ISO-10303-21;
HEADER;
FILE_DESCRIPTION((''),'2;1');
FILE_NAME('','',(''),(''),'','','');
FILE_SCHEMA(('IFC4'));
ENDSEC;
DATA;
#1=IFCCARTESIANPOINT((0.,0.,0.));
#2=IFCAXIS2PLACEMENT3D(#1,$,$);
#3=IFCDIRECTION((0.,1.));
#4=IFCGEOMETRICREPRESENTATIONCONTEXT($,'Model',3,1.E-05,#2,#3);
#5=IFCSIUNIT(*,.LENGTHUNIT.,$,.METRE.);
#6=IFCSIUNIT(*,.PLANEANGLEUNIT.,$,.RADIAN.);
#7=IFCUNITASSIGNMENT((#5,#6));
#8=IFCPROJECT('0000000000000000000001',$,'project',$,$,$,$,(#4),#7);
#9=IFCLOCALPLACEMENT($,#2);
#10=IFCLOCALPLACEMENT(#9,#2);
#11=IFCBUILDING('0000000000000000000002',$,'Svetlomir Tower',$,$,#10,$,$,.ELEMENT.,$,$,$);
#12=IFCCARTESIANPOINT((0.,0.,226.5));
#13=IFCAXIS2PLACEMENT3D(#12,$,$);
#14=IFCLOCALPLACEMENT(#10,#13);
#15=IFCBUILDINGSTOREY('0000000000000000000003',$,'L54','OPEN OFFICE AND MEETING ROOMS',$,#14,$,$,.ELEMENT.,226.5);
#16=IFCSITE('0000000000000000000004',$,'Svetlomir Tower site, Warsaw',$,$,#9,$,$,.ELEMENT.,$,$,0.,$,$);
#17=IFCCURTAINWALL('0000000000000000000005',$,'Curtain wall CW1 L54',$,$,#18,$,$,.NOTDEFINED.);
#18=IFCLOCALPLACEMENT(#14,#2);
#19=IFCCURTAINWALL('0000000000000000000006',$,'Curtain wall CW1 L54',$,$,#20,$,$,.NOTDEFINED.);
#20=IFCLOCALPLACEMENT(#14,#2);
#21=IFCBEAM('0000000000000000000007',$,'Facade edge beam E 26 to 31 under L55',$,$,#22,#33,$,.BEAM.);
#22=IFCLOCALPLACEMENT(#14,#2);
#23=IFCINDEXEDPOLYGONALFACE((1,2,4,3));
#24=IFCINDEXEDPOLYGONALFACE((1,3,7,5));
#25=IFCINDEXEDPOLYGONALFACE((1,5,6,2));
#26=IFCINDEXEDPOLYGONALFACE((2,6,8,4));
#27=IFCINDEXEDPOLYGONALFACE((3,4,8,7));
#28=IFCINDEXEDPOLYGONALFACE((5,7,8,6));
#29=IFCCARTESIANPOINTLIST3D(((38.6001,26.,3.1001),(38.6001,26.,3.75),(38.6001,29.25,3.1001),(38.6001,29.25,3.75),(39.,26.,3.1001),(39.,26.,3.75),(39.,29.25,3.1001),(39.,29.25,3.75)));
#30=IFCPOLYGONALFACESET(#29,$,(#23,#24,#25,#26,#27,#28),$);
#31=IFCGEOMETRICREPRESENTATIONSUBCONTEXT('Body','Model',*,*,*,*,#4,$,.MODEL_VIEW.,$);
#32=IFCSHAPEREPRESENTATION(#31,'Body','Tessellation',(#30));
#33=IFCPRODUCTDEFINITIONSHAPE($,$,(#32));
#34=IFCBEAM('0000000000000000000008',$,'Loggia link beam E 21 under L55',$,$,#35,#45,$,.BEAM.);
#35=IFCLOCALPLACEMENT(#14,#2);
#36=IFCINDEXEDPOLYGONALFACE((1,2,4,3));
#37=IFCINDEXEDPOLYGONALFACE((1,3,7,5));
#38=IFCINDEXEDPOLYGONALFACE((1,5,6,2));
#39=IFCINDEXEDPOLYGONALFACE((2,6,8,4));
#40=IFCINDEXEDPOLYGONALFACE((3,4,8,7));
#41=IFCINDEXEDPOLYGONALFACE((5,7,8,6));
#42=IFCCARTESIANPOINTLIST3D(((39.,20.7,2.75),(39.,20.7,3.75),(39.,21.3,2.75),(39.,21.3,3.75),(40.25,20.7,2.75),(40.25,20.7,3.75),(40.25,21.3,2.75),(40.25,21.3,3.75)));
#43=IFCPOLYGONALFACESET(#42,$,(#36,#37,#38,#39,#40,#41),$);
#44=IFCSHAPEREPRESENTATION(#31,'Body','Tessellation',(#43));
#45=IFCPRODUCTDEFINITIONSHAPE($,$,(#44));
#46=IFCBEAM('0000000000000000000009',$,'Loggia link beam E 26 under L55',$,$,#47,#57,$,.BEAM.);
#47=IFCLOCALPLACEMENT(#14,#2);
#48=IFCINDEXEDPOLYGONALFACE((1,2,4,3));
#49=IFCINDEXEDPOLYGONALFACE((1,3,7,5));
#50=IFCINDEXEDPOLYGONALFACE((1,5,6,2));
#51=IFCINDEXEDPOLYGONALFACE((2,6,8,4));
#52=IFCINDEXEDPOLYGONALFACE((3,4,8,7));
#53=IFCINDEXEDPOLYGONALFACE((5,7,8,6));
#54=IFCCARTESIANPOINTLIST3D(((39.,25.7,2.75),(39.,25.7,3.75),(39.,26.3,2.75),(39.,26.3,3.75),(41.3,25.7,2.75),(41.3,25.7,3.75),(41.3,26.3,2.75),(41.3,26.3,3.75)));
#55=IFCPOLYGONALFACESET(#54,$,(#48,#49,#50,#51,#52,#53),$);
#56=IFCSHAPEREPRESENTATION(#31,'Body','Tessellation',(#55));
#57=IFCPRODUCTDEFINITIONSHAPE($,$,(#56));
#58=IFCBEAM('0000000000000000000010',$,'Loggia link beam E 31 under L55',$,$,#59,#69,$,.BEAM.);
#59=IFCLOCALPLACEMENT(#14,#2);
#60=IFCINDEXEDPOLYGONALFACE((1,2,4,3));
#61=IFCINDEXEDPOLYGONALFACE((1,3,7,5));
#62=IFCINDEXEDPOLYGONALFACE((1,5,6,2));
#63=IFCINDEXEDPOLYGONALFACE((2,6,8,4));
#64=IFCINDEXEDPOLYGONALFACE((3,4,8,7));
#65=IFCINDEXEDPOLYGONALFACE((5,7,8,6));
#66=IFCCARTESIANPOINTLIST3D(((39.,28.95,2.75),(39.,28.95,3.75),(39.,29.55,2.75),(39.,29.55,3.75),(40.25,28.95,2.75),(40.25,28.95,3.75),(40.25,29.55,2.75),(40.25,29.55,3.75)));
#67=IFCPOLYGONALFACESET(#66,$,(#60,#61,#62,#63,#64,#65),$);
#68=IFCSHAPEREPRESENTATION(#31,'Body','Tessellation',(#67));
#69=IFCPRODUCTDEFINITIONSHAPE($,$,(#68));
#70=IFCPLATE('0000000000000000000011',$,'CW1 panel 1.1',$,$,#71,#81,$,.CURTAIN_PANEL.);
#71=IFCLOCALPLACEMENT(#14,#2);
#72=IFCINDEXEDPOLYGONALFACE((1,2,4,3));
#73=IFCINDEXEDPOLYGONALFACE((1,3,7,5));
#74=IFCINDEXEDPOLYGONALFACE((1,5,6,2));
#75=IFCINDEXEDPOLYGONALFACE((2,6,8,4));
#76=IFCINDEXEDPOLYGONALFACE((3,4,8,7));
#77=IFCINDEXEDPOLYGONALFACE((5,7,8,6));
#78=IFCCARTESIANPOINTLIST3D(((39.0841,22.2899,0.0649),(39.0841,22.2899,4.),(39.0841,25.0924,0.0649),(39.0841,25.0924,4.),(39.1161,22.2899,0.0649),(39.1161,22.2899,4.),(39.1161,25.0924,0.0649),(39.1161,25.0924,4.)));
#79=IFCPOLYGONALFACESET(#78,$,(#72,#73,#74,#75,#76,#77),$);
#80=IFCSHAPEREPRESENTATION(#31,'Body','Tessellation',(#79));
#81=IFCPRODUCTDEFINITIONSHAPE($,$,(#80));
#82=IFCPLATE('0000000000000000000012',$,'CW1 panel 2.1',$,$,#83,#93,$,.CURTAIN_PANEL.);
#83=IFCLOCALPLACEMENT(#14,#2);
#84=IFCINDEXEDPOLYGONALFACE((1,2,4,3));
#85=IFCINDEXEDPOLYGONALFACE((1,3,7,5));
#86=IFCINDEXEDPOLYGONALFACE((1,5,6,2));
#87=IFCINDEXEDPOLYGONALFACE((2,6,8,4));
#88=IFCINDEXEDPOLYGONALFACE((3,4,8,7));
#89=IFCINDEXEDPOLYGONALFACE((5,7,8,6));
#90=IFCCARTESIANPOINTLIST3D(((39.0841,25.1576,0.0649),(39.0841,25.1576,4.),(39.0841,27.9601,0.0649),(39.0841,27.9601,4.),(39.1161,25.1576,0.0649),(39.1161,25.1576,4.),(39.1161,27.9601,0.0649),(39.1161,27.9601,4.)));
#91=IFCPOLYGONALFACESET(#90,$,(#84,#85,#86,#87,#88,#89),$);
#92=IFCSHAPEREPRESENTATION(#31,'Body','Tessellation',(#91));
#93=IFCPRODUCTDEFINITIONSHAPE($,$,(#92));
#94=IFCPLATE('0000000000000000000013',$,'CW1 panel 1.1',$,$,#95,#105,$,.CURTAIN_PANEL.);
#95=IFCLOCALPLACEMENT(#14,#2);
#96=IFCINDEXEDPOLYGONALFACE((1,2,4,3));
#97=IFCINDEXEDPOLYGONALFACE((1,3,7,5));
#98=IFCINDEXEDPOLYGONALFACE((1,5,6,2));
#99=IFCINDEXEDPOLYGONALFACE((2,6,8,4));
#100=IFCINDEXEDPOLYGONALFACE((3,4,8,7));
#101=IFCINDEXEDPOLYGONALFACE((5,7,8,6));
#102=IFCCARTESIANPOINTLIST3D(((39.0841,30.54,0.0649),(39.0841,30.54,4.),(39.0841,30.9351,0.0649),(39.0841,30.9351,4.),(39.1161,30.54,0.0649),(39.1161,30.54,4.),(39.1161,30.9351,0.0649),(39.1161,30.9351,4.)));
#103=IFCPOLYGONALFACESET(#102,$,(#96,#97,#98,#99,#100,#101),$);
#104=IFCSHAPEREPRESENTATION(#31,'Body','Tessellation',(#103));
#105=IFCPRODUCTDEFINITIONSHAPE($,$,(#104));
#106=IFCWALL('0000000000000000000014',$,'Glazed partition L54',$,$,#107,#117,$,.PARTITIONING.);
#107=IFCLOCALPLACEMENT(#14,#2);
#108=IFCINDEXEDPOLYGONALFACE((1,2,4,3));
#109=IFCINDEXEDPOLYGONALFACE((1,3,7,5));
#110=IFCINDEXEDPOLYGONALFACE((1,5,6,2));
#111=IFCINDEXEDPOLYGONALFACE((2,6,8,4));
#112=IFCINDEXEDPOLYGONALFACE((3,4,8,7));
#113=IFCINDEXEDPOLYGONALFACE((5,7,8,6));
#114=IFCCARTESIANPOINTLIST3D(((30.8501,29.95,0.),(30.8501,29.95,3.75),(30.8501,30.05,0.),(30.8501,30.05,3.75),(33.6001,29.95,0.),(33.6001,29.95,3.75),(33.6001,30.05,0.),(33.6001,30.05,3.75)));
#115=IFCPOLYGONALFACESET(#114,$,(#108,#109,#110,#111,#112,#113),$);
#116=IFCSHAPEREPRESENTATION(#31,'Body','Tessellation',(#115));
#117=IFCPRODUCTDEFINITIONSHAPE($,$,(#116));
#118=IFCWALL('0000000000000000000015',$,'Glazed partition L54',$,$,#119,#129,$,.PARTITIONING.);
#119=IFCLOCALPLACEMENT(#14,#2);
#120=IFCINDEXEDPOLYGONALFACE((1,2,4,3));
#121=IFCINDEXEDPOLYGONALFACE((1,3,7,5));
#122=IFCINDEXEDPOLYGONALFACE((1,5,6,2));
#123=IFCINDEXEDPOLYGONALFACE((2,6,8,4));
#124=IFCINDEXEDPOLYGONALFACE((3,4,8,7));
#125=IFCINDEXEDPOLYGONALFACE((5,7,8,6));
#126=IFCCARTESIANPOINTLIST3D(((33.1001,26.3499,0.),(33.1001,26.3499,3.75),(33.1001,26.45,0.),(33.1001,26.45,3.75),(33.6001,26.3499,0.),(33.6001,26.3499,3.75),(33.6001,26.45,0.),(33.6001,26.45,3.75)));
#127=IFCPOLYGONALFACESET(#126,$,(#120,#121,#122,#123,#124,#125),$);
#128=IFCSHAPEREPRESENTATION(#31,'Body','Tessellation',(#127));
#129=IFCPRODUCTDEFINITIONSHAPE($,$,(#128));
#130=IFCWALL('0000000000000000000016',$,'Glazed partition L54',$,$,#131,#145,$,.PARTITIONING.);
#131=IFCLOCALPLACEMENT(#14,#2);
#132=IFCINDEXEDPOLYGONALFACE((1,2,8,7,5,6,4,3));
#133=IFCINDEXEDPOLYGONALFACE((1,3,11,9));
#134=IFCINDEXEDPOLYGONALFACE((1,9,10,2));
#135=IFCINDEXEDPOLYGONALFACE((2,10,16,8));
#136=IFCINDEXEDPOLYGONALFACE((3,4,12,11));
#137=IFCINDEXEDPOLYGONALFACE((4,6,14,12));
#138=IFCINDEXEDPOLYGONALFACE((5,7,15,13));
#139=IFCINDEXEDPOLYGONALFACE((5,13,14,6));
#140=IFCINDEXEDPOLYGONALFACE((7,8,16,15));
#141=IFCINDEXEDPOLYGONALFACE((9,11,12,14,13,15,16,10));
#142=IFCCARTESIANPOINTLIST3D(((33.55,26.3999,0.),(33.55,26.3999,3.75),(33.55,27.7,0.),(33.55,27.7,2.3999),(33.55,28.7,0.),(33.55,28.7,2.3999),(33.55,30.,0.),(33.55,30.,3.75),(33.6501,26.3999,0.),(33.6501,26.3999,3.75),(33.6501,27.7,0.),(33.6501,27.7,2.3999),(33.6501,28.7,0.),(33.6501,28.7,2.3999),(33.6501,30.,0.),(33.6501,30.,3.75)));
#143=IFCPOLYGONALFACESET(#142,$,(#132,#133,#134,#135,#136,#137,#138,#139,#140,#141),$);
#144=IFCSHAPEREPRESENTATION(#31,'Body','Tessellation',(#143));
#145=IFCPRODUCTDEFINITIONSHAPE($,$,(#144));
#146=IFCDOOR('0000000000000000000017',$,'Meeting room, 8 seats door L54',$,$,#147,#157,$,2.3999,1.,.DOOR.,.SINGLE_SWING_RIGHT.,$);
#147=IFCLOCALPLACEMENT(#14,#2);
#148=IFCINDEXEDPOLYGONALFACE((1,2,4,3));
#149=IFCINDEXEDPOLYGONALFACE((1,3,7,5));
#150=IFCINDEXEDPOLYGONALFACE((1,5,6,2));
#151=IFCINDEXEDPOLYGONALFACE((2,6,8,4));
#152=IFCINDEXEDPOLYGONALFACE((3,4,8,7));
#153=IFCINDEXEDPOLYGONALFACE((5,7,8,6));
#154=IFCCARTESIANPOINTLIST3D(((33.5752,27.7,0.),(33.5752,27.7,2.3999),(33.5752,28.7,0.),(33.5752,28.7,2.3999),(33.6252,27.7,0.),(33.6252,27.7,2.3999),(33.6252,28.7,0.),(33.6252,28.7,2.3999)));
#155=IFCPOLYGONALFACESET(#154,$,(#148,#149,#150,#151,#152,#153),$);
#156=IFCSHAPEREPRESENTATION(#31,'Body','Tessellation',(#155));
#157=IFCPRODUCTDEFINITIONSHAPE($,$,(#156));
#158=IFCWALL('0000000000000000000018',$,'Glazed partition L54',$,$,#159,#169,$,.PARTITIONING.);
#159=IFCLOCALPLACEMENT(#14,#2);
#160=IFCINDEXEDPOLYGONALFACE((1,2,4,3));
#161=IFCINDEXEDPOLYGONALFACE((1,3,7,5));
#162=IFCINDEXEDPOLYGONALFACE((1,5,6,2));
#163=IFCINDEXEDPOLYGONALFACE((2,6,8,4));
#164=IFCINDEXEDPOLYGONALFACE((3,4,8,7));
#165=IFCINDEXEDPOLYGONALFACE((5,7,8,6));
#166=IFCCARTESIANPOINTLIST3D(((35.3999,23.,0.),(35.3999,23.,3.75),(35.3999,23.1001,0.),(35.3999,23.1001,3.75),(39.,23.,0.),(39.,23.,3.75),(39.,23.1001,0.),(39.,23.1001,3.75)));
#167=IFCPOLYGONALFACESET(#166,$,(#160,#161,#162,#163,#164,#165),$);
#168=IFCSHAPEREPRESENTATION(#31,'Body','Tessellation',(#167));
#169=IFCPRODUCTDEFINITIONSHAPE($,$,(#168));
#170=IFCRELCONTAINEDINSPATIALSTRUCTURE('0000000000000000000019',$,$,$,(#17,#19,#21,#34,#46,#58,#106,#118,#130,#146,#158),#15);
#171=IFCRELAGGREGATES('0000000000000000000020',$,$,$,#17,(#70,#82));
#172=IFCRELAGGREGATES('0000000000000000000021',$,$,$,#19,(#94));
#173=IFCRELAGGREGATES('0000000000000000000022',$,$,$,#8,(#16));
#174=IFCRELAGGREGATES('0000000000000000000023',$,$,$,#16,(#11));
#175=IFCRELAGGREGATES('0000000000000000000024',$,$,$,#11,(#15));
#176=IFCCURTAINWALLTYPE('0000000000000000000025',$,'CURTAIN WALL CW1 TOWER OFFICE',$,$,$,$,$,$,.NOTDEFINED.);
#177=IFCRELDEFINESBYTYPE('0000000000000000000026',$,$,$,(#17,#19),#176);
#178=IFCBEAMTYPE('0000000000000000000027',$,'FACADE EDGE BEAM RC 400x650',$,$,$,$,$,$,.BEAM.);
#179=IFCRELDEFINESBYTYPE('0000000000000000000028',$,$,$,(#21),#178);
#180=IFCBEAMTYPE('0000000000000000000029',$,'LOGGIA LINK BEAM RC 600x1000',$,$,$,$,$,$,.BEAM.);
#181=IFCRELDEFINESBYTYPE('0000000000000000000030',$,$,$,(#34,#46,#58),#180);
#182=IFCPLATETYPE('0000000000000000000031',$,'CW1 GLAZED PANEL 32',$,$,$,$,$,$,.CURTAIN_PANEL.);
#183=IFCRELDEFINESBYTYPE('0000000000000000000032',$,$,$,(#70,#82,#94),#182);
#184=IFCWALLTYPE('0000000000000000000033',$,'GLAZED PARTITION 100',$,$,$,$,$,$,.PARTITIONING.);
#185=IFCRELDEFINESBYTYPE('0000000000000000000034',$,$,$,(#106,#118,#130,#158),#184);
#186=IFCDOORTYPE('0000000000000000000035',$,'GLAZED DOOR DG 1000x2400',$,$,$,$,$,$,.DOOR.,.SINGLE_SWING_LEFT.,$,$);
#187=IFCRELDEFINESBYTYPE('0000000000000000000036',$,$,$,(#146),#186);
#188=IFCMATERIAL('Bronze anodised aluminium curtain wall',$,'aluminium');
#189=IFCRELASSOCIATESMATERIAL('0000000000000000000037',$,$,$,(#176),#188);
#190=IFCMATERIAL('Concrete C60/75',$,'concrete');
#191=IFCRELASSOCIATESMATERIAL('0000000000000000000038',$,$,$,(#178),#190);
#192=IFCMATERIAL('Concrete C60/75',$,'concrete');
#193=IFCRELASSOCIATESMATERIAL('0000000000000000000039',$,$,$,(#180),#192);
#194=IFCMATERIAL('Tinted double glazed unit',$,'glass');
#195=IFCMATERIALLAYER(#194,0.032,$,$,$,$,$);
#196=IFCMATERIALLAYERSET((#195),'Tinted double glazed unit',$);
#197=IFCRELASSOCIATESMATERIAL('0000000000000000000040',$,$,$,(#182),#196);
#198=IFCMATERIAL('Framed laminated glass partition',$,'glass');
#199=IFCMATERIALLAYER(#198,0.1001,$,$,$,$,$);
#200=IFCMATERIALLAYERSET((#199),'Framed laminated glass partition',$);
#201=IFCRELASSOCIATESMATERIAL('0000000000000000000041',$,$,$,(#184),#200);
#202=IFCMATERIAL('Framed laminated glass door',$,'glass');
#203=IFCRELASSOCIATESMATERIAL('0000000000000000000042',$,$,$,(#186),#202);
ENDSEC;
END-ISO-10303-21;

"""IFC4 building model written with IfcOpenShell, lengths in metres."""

from ifc_helpers import new_model, si_unit, direction, frame, frame_2d, origin, origin_2d, place, context, subcontext, project, spatial, rectangle, extrude, material, layer, layer_set, material_profile, profile_set, type_object, element, fill, aggregate, save


model = new_model("IFC4")

# Units and contexts
model_context = context("Model", 3, precision=1e-05, world=origin(), true_north=direction((0.0, 1.0)))
body_context = subcontext(model_context, "Body", "Model", "MODEL_VIEW")
ifc_project = project(units=[si_unit("LENGTHUNIT", "METRE"), si_unit("PLANEANGLEUNIT", "RADIAN")], contexts=[model_context])

# Site, building, storey
site_placement = place(None, origin())
site = spatial("IfcSite", under=ifc_project, at=site_placement, Name="Svetlomir Tower site, Warsaw", CompositionType="ELEMENT", RefElevation=0.0)
building_placement = place(site_placement, origin())
building = spatial("IfcBuilding", under=site, at=building_placement, Name="Svetlomir Tower", CompositionType="ELEMENT")
storey_placement = place(building_placement, frame((0.0, 0.0, 226.5)))
storey = spatial("IfcBuildingStorey", under=building, at=storey_placement, Name="L54", Description="OPEN OFFICE AND MEETING ROOMS", CompositionType="ELEMENT", Elevation=226.5)

# Curtain wall
ifc_material_1 = material(Name="Bronze anodised aluminium curtain wall", Category="aluminium")
curtain_wall_type = type_object("IfcCurtainWallType", Name="CURTAIN WALL CW1 TOWER OFFICE", PredefinedType="NOTDEFINED", material=ifc_material_1)
curtain_wall_1_placement = place(storey_placement, origin())
curtain_wall_1 = element("IfcCurtainWall", 1, at=curtain_wall_1_placement, inside=storey, type_object=curtain_wall_type, Name="Curtain wall CW1 L54", PredefinedType="NOTDEFINED")

# Curtain wall
curtain_wall_2_placement = place(storey_placement, origin())
curtain_wall_2 = element("IfcCurtainWall", 2, at=curtain_wall_2_placement, inside=storey, type_object=curtain_wall_type, Name="Curtain wall CW1 L54", PredefinedType="NOTDEFINED")

# Beams
ifc_material_2 = material(Name="Concrete C60/75", Category="concrete")
ifc_material_profile_1 = material_profile(ifc_material_2, rectangle(XDim=0.3999, YDim=0.6499, at=origin_2d()), Name="RC 400x650")
ifc_profile_set_1 = profile_set([ifc_material_profile_1], Name="Concrete C60/75")
beam_type_1 = type_object("IfcBeamType", Name="FACADE EDGE BEAM RC 400x650", PredefinedType="BEAM", material=ifc_profile_set_1)
beam_1_placement = place(storey_placement, frame((38.8, 26.0, 3.425), z_axis=(0.0, 1.0, 0.0), x_axis=(-1.0, 0.0, 0.0)))
element("IfcBeam", 3, at=beam_1_placement, inside=storey, type_object=beam_type_1, Name="Facade edge beam E 26 to 31 under L55", PredefinedType="BEAM", context=body_context, shape_type="SweptSolid", body=[
    extrude(rectangle(XDim=0.3999, YDim=0.6499, at=origin_2d()), origin(), (0.0, 0.0, 1.0), 3.25),
])
ifc_material_3 = material(Name="Concrete C60/75", Category="concrete")
ifc_material_profile_2 = material_profile(ifc_material_3, rectangle(XDim=0.6001, YDim=1.0, at=origin_2d()), Name="RC 600x1000")
ifc_profile_set_2 = profile_set([ifc_material_profile_2], Name="Concrete C60/75")
beam_type_2 = type_object("IfcBeamType", Name="LOGGIA LINK BEAM RC 600x1000", PredefinedType="BEAM", material=ifc_profile_set_2)
beam_2_placement = place(storey_placement, frame((40.25, 21.0, 3.25), z_axis=(-1.0, 0.0, 0.0), x_axis=(0.0, -1.0, 0.0)))
element("IfcBeam", 4, at=beam_2_placement, inside=storey, type_object=beam_type_2, Name="Loggia link beam E 21 under L55", PredefinedType="BEAM", context=body_context, shape_type="SweptSolid", body=[
    extrude(rectangle(XDim=0.6001, YDim=1.0, at=origin_2d()), origin(), (0.0, 0.0, 1.0), 1.25),
])
beam_3_placement = place(storey_placement, frame((41.3, 26.0, 3.25), z_axis=(-1.0, 0.0, 0.0), x_axis=(0.0, -1.0, 0.0)))
element("IfcBeam", 5, at=beam_3_placement, inside=storey, type_object=beam_type_2, Name="Loggia link beam E 26 under L55", PredefinedType="BEAM", context=body_context, shape_type="SweptSolid", body=[
    extrude(rectangle(XDim=0.6001, YDim=1.0, at=origin_2d()), origin(), (0.0, 0.0, 1.0), 2.3),
])
beam_4_placement = place(storey_placement, frame((40.25, 29.25, 3.25), z_axis=(-1.0, 0.0, 0.0), x_axis=(0.0, -1.0, 0.0)))
element("IfcBeam", 6, at=beam_4_placement, inside=storey, type_object=beam_type_2, Name="Loggia link beam E 31 under L55", PredefinedType="BEAM", context=body_context, shape_type="SweptSolid", body=[
    extrude(rectangle(XDim=0.6001, YDim=1.0, at=origin_2d()), origin(), (0.0, 0.0, 1.0), 1.25),
])

# Plates
ifc_material_4 = material(Name="Tinted double glazed unit", Category="glass")
ifc_layer_1 = layer(ifc_material_4, 0.032)
ifc_layer_set_1 = layer_set([ifc_layer_1], Name="Tinted double glazed unit")
plate_type = type_object("IfcPlateType", Name="CW1 GLAZED PANEL 32", PredefinedType="CURTAIN_PANEL", material=ifc_layer_set_1)
plate_1_placement = place(storey_placement, frame((39.1001, 23.6912, 0.0649), z_axis=(0.0, 0.0, 1.0), x_axis=(0.0, 1.0, 0.0)))
plate_1 = element("IfcPlate", 7, at=plate_1_placement, type_object=plate_type, Name="CW1 panel 1.1", PredefinedType="CURTAIN_PANEL", context=body_context, shape_type="SweptSolid", body=[
    extrude(rectangle(XDim=2.8025, YDim=0.032, at=origin_2d()), origin(), (0.0, 0.0, 1.0), 3.9351),
])
plate_2_placement = place(storey_placement, frame((39.1001, 26.5588, 0.0649), z_axis=(0.0, 0.0, 1.0), x_axis=(0.0, 1.0, 0.0)))
plate_2 = element("IfcPlate", 8, at=plate_2_placement, type_object=plate_type, Name="CW1 panel 2.1", PredefinedType="CURTAIN_PANEL", context=body_context, shape_type="SweptSolid", body=[
    extrude(rectangle(XDim=2.8025, YDim=0.032, at=origin_2d()), origin(), (0.0, 0.0, 1.0), 3.9351),
])
aggregate(curtain_wall_1, [plate_1, plate_2])
plate_3_placement = place(storey_placement, frame((39.1001, 30.7375, 0.0649), z_axis=(0.0, 0.0, 1.0), x_axis=(0.0, 1.0, 0.0)))
plate_3 = element("IfcPlate", 9, at=plate_3_placement, type_object=plate_type, Name="CW1 panel 1.1", PredefinedType="CURTAIN_PANEL", context=body_context, shape_type="SweptSolid", body=[
    extrude(rectangle(XDim=0.395, YDim=0.032, at=origin_2d()), origin(), (0.0, 0.0, 1.0), 3.9351),
])
aggregate(curtain_wall_2, [plate_3])

# Walls
ifc_material_5 = material(Name="Framed laminated glass partition", Category="glass")
ifc_layer_2 = layer(ifc_material_5, 0.1001)
ifc_layer_set_2 = layer_set([ifc_layer_2], Name="Framed laminated glass partition")
wall_type_1 = type_object("IfcWallType", Name="GLAZED PARTITION 100", PredefinedType="PARTITIONING", material=ifc_layer_set_2)
wall_1_placement = place(storey_placement, frame((30.8501, 30.0, 0.0), z_axis=(0.0, 0.0, 1.0), x_axis=(1.0, 0.0, 0.0)))
element("IfcWall", 10, at=wall_1_placement, inside=storey, type_object=wall_type_1, Name="Glazed partition L54", PredefinedType="PARTITIONING", context=body_context, shape_type="SweptSolid", body=[
    extrude(rectangle(XDim=2.75, YDim=0.1001, at=frame_2d((1.375, 0.0))), origin(), (0.0, 0.0, 1.0), 3.75),
])
wall_2_placement = place(storey_placement, frame((33.1001, 26.3999, 0.0), z_axis=(0.0, 0.0, 1.0), x_axis=(1.0, 0.0, 0.0)))
element("IfcWall", 11, at=wall_2_placement, inside=storey, type_object=wall_type_1, Name="Glazed partition L54", PredefinedType="PARTITIONING", context=body_context, shape_type="SweptSolid", body=[
    extrude(rectangle(XDim=0.5, YDim=0.1001, at=frame_2d((0.25, 0.0))), origin(), (0.0, 0.0, 1.0), 3.75),
])

# Wall, opening, door
wall_3_placement = place(storey_placement, frame((33.6001, 26.3999, 0.0), z_axis=(0.0, 0.0, 1.0), x_axis=(0.0, 1.0, 0.0)))
wall_3 = element("IfcWall", 12, at=wall_3_placement, inside=storey, type_object=wall_type_1, Name="Glazed partition L54", PredefinedType="PARTITIONING", context=body_context, shape_type="SweptSolid", body=[
    extrude(rectangle(XDim=3.6001, YDim=0.1001, at=frame_2d((1.8, 0.0))), origin(), (0.0, 0.0, 1.0), 3.75),
])
opening_1_placement = place(wall_3_placement, frame((1.3, 0.0, 0.0)))
opening_1 = element("IfcOpeningElement", 13, at=opening_1_placement, cuts=wall_3, PredefinedType="OPENING", context=body_context, shape_type="SweptSolid", body=[
    extrude(rectangle(XDim=1.0, YDim=2.3999, at=frame_2d((0.5, 1.2))), frame((0.0, 0.0601, 0.0), z_axis=(0.0, -1.0, 0.0), x_axis=(1.0, 0.0, 0.0)), (0.0, 0.0, 1.0), 0.1201),
])
ifc_material_6 = material(Name="Framed laminated glass door", Category="glass")
door_type_1 = type_object("IfcDoorType", Name="GLAZED DOOR DG 1000x2400", OperationType="SINGLE_SWING_LEFT", PredefinedType="DOOR", material=ifc_material_6)
door_1_placement = place(opening_1_placement, origin())
door_1 = element("IfcDoor", 14, at=door_1_placement, inside=storey, type_object=door_type_1, Name="Meeting room, 8 seats door L54", OperationType="SINGLE_SWING_RIGHT", OverallHeight=2.3999, OverallWidth=1.0, PredefinedType="DOOR", context=body_context, shape_type="SweptSolid", body=[
    extrude(rectangle(XDim=1.0, YDim=2.3999, at=frame_2d((0.5, 1.2))), frame((0.0, 0.0249, 0.0), z_axis=(0.0, -1.0, 0.0), x_axis=(1.0, 0.0, 0.0)), (0.0, 0.0, 1.0), 0.05),
])
fill(opening_1, door_1)

# Wall
wall_4_placement = place(storey_placement, frame((35.3999, 23.05, 0.0), z_axis=(0.0, 0.0, 1.0), x_axis=(1.0, 0.0, 0.0)))
element("IfcWall", 15, at=wall_4_placement, inside=storey, type_object=wall_type_1, Name="Glazed partition L54", PredefinedType="PARTITIONING", context=body_context, shape_type="SweptSolid", body=[
    extrude(rectangle(XDim=3.6001, YDim=0.1001, at=frame_2d((1.8, 0.0))), origin(), (0.0, 0.0, 1.0), 3.75),
])

save(model, "model.ifc")
